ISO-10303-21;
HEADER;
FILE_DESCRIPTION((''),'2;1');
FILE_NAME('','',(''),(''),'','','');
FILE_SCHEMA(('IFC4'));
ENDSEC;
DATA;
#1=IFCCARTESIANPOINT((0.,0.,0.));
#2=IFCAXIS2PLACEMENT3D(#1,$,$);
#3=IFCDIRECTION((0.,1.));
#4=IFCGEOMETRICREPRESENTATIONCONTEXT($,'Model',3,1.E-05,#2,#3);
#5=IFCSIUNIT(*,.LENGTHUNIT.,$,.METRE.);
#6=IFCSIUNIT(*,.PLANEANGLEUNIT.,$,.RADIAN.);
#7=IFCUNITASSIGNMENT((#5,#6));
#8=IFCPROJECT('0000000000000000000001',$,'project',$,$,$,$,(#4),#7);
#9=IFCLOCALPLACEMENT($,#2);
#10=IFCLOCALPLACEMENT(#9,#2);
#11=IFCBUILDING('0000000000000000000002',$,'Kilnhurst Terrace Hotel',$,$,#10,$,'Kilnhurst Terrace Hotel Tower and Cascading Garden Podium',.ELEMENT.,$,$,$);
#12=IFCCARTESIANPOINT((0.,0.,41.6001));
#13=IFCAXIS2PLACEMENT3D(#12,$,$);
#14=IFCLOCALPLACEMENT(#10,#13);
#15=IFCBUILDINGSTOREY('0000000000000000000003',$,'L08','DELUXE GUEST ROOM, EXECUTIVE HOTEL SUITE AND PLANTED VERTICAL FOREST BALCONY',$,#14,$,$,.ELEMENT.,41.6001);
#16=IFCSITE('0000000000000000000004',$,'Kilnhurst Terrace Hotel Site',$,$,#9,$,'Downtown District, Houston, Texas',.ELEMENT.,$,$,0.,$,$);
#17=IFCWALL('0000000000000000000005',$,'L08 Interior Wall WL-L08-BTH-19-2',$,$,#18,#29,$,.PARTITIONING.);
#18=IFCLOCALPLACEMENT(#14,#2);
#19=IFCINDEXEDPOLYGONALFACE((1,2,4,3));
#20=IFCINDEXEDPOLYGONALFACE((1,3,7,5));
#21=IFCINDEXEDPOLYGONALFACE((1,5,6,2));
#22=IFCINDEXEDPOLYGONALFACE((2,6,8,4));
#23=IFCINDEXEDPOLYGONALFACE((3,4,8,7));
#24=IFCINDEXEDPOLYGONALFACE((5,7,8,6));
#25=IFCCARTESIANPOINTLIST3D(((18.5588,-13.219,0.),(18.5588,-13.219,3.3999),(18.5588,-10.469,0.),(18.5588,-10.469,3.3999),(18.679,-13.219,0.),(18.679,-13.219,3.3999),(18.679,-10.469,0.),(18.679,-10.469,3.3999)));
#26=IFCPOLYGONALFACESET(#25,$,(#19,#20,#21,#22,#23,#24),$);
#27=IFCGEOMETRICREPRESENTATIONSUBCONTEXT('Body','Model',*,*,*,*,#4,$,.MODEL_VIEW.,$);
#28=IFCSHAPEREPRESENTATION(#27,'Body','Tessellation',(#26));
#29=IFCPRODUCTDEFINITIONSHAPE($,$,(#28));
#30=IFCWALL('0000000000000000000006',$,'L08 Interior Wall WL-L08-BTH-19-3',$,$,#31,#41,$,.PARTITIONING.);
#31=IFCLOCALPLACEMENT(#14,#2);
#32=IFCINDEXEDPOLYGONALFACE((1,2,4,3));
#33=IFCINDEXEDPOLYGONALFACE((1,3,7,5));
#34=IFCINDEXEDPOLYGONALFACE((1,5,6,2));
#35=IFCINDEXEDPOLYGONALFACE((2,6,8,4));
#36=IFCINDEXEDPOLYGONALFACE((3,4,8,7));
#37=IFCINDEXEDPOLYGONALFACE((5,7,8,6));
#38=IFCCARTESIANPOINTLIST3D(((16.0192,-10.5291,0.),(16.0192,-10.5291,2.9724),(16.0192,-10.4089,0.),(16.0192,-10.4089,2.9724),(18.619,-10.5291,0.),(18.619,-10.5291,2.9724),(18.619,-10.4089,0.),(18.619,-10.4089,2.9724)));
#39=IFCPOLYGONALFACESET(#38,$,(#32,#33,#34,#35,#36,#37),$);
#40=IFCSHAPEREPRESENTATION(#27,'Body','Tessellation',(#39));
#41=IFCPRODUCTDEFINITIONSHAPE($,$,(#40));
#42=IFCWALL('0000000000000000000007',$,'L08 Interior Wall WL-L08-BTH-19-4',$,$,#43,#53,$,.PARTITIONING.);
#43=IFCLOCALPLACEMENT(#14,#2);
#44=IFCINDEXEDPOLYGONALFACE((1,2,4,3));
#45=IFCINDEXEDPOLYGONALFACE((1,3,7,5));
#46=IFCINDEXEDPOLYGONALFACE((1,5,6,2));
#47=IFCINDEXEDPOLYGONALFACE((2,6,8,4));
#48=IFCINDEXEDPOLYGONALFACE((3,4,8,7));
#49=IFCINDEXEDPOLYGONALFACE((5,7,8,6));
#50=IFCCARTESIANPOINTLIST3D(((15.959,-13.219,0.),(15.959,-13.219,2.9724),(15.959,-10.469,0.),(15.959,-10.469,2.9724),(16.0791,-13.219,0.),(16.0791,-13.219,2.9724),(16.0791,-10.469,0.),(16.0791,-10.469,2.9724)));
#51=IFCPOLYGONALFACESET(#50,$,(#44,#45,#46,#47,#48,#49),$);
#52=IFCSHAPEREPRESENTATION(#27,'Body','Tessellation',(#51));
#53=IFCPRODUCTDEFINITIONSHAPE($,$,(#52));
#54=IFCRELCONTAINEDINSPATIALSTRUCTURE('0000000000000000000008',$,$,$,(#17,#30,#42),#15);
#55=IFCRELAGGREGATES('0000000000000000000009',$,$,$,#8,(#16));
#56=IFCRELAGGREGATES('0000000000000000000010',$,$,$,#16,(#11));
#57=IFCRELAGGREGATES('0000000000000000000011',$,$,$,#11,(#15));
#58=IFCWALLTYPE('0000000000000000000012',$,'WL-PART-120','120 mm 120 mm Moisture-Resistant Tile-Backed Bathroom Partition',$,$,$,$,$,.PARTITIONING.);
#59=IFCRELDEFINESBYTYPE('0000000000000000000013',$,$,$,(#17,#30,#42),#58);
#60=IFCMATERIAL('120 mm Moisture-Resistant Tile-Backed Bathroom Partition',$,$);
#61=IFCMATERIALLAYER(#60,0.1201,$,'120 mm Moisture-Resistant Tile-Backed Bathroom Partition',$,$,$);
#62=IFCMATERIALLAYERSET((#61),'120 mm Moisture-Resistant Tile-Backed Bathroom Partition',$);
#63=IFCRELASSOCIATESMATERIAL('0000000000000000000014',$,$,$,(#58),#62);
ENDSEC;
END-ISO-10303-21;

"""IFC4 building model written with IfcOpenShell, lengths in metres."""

from ifc_helpers import new_model, si_unit, direction, frame, frame_2d, origin, place, context, subcontext, project, spatial, rectangle, extrude, material, layer, layer_set, type_object, element, save


model = new_model("IFC4")

# Units and contexts
model_context = context("Model", 3, precision=1e-05, world=origin(), true_north=direction((0.0, 1.0)))
body_context = subcontext(model_context, "Body", "Model", "MODEL_VIEW")
ifc_project = project(units=[si_unit("LENGTHUNIT", "METRE"), si_unit("PLANEANGLEUNIT", "RADIAN")], contexts=[model_context])

# Site, building, storey
site_placement = place(None, origin())
site = spatial("IfcSite", under=ifc_project, at=site_placement, Name="Kilnhurst Terrace Hotel Site", LongName="Downtown District, Houston, Texas", CompositionType="ELEMENT", RefElevation=0.0)
building_placement = place(site_placement, origin())
building = spatial("IfcBuilding", under=site, at=building_placement, Name="Kilnhurst Terrace Hotel", LongName="Kilnhurst Terrace Hotel Tower and Cascading Garden Podium", CompositionType="ELEMENT")
storey_placement = place(building_placement, frame((0.0, 0.0, 41.6001)))
storey = spatial("IfcBuildingStorey", under=building, at=storey_placement, Name="L08", Description="DELUXE GUEST ROOM, EXECUTIVE HOTEL SUITE AND PLANTED VERTICAL FOREST BALCONY", CompositionType="ELEMENT", Elevation=41.6001)

# Shared definitions
ifc_material_1 = material(Name="120 mm Moisture-Resistant Tile-Backed Bathroom Partition")
ifc_layer_1 = layer(ifc_material_1, 0.1201, Name="120 mm Moisture-Resistant Tile-Backed Bathroom Partition")
ifc_layer_set_1 = layer_set([ifc_layer_1], Name="120 mm Moisture-Resistant Tile-Backed Bathroom Partition")
wall_type_1 = type_object("IfcWallType", Name="WL-PART-120", Description="120 mm 120 mm Moisture-Resistant Tile-Backed Bathroom Partition", PredefinedType="PARTITIONING", material=ifc_layer_set_1)

# Walls
wall_1_placement = place(storey_placement, frame((18.6189, -13.219, 0.0), z_axis=(0.0, 0.0, 1.0), x_axis=(0.0, 1.0, 0.0)))
element("IfcWall", 1, at=wall_1_placement, inside=storey, type_object=wall_type_1, Name="L08 Interior Wall WL-L08-BTH-19-2", PredefinedType="PARTITIONING", context=body_context, shape_type="SweptSolid", body=[
    extrude(rectangle(XDim=2.75, YDim=0.1201, at=frame_2d((1.375, 0.0))), origin(), (0.0, 0.0, 1.0), 3.3999),
])
wall_2_placement = place(storey_placement, frame((18.6189, -10.469, 0.0), z_axis=(0.0, 0.0, 1.0), x_axis=(-1.0, 0.0, 0.0)))
element("IfcWall", 2, at=wall_2_placement, inside=storey, type_object=wall_type_1, Name="L08 Interior Wall WL-L08-BTH-19-3", PredefinedType="PARTITIONING", context=body_context, shape_type="SweptSolid", body=[
    extrude(rectangle(XDim=2.5999, YDim=0.1201, at=frame_2d((1.2998, 0.0))), origin(), (0.0, 0.0, 1.0), 2.9724),
])
wall_3_placement = place(storey_placement, frame((16.019, -10.469, 0.0), z_axis=(0.0, 0.0, 1.0), x_axis=(0.0, -1.0, 0.0)))
element("IfcWall", 3, at=wall_3_placement, inside=storey, type_object=wall_type_1, Name="L08 Interior Wall WL-L08-BTH-19-4", PredefinedType="PARTITIONING", context=body_context, shape_type="SweptSolid", body=[
    extrude(rectangle(XDim=2.75, YDim=0.1201, at=frame_2d((1.375, 0.0))), origin(), (0.0, 0.0, 1.0), 2.9724),
])

save(model, "model.ifc")
